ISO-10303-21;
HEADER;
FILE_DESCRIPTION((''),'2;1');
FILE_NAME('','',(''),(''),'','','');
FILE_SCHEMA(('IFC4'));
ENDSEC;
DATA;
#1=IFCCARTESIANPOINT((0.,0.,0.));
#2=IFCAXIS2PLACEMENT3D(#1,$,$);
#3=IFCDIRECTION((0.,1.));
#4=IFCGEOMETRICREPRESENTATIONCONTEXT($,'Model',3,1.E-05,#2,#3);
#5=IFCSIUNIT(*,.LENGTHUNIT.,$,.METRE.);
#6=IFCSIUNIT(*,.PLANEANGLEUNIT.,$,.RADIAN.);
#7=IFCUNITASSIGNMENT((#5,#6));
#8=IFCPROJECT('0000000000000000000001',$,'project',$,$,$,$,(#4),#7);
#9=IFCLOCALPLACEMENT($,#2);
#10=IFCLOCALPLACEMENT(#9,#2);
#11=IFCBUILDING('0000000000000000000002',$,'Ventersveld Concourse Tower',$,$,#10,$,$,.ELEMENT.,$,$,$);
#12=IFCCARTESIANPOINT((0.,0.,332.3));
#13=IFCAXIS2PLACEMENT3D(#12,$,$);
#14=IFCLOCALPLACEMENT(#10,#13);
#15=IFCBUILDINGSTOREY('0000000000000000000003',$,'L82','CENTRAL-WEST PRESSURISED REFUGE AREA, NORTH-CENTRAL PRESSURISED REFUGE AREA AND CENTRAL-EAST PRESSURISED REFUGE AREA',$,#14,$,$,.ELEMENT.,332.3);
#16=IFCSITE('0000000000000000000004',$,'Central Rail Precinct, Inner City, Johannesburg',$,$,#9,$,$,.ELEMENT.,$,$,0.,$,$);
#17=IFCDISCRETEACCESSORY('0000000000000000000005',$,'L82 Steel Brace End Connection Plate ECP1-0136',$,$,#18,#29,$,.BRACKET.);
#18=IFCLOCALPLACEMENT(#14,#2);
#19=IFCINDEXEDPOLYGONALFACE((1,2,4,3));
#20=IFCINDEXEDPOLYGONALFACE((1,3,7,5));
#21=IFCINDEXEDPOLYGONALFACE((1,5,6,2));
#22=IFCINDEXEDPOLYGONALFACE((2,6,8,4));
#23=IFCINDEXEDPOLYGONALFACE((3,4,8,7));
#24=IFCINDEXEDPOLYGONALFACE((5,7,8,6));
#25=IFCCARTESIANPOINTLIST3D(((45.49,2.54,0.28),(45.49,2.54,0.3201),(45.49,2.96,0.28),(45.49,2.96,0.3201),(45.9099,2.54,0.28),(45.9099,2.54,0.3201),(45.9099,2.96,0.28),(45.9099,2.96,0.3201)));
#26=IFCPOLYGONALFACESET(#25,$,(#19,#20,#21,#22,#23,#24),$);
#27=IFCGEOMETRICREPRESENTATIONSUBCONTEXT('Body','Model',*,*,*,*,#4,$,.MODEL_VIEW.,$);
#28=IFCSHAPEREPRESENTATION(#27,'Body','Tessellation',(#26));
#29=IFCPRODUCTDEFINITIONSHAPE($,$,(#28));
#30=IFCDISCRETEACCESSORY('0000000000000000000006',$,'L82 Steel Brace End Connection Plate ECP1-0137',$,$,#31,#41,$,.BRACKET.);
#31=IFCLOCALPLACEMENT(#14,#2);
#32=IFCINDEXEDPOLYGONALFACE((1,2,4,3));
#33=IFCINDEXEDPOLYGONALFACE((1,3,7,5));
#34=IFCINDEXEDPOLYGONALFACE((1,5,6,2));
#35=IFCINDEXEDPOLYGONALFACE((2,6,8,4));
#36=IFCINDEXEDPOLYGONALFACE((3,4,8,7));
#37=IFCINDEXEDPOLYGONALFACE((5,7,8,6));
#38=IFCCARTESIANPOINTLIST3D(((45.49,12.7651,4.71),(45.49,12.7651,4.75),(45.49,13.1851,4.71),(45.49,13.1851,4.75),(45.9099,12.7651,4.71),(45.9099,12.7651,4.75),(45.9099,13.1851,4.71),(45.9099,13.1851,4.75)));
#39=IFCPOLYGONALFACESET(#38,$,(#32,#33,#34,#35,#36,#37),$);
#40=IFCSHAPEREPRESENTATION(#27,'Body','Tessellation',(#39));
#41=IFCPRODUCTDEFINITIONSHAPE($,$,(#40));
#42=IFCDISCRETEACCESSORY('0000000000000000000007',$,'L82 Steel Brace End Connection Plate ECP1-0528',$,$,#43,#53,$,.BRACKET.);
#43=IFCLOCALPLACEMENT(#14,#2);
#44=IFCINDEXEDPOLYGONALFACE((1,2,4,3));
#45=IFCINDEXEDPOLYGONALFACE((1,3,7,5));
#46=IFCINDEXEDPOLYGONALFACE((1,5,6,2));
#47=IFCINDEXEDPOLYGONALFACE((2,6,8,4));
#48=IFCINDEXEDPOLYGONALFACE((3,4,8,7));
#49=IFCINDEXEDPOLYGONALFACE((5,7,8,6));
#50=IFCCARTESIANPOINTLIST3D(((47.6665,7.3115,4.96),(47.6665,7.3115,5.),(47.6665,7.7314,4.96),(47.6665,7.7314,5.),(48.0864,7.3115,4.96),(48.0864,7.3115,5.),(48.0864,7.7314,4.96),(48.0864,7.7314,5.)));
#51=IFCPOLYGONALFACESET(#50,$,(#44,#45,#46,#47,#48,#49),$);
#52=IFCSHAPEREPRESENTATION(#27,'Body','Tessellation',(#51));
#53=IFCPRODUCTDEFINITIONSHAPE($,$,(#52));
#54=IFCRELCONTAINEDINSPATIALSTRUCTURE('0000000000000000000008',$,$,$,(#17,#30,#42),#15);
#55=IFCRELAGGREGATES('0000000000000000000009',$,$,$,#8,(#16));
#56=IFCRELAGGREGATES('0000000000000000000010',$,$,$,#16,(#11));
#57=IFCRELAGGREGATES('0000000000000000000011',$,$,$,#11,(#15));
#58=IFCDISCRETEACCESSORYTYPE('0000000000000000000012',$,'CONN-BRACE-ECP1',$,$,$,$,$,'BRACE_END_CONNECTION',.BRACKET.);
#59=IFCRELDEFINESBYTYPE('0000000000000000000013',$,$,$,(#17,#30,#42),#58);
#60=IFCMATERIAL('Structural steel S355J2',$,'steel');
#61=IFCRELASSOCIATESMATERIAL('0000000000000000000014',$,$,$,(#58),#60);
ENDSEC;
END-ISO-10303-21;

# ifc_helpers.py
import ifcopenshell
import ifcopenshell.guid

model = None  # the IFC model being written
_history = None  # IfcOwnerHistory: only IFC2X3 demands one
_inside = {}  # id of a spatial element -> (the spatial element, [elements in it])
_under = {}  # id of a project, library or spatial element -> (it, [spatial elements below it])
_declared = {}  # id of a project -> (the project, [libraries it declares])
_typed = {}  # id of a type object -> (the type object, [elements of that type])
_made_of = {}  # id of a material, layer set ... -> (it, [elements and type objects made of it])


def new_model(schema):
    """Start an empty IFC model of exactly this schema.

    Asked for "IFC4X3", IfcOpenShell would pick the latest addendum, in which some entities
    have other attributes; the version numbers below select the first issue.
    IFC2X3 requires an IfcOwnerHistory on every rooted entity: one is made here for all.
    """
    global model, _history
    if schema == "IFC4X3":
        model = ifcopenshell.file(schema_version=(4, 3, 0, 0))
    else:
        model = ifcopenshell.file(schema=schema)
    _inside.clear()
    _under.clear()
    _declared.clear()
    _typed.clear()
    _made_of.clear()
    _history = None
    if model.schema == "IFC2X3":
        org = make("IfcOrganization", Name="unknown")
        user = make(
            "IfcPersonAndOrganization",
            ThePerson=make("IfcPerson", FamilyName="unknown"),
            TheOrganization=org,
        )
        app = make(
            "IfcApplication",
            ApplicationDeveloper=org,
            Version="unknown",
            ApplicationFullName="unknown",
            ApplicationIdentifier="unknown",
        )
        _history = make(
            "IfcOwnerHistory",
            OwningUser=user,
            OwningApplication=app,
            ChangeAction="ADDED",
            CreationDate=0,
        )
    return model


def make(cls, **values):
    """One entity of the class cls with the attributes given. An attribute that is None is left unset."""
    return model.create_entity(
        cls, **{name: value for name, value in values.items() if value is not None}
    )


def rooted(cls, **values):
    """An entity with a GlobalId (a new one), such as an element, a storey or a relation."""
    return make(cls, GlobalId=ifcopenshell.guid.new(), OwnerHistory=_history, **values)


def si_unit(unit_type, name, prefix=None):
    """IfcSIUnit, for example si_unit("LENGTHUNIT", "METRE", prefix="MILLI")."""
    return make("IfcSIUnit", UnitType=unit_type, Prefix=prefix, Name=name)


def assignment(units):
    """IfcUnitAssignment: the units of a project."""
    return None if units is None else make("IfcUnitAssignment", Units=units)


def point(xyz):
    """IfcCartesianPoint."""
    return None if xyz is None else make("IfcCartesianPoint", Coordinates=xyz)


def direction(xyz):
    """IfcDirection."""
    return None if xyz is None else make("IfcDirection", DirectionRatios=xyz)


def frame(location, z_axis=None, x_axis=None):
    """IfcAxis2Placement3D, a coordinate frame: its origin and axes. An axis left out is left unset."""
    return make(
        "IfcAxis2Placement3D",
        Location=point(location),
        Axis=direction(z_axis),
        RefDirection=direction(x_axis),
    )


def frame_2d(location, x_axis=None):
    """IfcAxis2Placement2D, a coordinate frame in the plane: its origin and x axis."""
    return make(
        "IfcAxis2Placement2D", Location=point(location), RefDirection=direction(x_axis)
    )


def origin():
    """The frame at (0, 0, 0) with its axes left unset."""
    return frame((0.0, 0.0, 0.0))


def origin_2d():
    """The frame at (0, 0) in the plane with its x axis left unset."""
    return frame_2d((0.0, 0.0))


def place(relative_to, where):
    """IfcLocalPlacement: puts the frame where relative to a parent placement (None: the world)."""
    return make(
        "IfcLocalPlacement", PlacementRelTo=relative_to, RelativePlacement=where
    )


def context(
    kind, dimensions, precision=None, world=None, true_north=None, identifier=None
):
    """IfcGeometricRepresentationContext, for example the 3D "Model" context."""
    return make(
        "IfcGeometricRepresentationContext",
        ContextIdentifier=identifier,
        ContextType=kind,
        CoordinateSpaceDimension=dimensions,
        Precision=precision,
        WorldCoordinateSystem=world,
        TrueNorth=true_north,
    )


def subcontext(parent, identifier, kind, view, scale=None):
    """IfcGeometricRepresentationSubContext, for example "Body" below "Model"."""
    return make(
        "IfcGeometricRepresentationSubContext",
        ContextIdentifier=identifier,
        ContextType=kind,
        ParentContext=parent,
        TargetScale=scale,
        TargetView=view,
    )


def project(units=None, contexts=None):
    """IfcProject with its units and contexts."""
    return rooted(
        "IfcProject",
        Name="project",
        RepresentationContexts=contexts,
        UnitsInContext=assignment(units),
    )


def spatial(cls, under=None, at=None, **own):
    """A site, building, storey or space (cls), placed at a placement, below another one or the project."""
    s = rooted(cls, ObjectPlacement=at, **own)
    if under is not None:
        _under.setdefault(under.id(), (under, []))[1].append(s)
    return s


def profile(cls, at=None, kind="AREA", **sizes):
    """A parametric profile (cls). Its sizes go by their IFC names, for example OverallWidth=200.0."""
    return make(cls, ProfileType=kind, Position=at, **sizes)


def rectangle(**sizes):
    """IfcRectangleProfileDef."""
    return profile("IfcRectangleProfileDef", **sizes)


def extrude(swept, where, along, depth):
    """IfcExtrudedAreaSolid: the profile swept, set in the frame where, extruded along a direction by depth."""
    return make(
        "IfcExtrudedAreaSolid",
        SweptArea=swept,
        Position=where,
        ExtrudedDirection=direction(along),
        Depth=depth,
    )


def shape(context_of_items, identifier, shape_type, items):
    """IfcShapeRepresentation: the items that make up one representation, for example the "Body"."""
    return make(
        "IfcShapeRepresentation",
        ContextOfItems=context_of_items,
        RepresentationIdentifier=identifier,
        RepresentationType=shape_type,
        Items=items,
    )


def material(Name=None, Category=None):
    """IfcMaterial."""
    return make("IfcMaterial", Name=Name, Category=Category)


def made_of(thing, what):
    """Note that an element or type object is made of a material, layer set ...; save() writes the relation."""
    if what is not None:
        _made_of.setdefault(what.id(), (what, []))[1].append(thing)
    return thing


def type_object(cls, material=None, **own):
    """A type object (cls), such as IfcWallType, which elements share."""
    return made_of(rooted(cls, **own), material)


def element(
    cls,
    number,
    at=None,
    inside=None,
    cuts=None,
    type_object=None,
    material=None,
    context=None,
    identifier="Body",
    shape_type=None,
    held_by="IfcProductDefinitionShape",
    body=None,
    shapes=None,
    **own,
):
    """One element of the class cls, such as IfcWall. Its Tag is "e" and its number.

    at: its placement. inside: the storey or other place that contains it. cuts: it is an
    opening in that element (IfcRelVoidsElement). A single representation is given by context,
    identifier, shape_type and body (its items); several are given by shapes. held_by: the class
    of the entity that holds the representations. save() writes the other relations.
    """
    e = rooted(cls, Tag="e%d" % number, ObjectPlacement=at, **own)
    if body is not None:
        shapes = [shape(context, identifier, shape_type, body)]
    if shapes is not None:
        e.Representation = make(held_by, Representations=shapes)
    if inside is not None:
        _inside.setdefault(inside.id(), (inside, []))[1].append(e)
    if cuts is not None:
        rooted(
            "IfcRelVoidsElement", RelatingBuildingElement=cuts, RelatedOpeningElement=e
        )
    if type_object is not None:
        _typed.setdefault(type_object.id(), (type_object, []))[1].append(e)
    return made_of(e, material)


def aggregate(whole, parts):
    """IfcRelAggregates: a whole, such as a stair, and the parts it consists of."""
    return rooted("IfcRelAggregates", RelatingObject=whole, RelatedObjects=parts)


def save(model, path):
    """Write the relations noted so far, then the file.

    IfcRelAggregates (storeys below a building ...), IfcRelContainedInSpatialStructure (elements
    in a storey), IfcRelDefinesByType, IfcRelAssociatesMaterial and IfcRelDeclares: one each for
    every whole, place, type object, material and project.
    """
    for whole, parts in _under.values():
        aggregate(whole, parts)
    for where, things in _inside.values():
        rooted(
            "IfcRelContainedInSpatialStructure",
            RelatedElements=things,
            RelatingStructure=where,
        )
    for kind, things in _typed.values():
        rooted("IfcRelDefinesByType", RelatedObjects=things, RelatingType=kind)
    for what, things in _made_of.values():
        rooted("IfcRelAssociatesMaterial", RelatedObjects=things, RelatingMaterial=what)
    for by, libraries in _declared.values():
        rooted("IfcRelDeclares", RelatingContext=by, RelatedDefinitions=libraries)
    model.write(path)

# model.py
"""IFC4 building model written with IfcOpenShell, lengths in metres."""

from ifc_helpers import new_model, si_unit, direction, frame, origin, origin_2d, place, context, subcontext, project, spatial, rectangle, extrude, material, type_object, element, save


model = new_model("IFC4")

# Units and contexts
model_context = context("Model", 3, precision=1e-05, world=origin(), true_north=direction((0.0, 1.0)))
body_context = subcontext(model_context, "Body", "Model", "MODEL_VIEW")
ifc_project = project(units=[si_unit("LENGTHUNIT", "METRE"), si_unit("PLANEANGLEUNIT", "RADIAN")], contexts=[model_context])

# Site, building, storey
site_placement = place(None, origin())
site = spatial("IfcSite", under=ifc_project, at=site_placement, Name="Central Rail Precinct, Inner City, Johannesburg", CompositionType="ELEMENT", RefElevation=0.0)
building_placement = place(site_placement, origin())
building = spatial("IfcBuilding", under=site, at=building_placement, Name="Ventersveld Concourse Tower", CompositionType="ELEMENT")
storey_placement = place(building_placement, frame((0.0, 0.0, 332.3)))
storey = spatial("IfcBuildingStorey", under=building, at=storey_placement, Name="L82", Description="CENTRAL-WEST PRESSURISED REFUGE AREA, NORTH-CENTRAL PRESSURISED REFUGE AREA AND CENTRAL-EAST PRESSURISED REFUGE AREA", CompositionType="ELEMENT", Elevation=332.3)

# Shared definitions
ifc_material_1 = material(Name="Structural steel S355J2", Category="steel")

# Discrete accessories
discrete_accessory_type = type_object("IfcDiscreteAccessoryType", Name="CONN-BRACE-ECP1", ElementType="BRACE_END_CONNECTION", PredefinedType="BRACKET", material=ifc_material_1)
for number, where, z_axis, x_axis, name in (
    (1, (45.7, 2.75, 0.28), (0.0, 0.0, 1.0), (1.0, 0.0, 0.0), "L82 Steel Brace End Connection Plate ECP1-0136"),
    (2, (45.7, 12.9751, 4.71), (0.0, 0.0, 1.0), (1.0, 0.0, 0.0), "L82 Steel Brace End Connection Plate ECP1-0137"),
    (3, (47.8765, 7.5215, 4.96), (0.0, 0.0, 1.0), (1.0, 0.0, 0.0), "L82 Steel Brace End Connection Plate ECP1-0528"),
):
    element("IfcDiscreteAccessory", number, at=place(storey_placement, frame(where, z_axis=z_axis, x_axis=x_axis)), inside=storey, type_object=discrete_accessory_type, Name=name, PredefinedType="BRACKET", context=body_context, shape_type="SweptSolid", body=[
        extrude(rectangle(XDim=0.4199, YDim=0.4199, at=origin_2d()), origin(), (0.0, 0.0, 1.0), 0.04),
    ])

save(model, "model.ifc")
